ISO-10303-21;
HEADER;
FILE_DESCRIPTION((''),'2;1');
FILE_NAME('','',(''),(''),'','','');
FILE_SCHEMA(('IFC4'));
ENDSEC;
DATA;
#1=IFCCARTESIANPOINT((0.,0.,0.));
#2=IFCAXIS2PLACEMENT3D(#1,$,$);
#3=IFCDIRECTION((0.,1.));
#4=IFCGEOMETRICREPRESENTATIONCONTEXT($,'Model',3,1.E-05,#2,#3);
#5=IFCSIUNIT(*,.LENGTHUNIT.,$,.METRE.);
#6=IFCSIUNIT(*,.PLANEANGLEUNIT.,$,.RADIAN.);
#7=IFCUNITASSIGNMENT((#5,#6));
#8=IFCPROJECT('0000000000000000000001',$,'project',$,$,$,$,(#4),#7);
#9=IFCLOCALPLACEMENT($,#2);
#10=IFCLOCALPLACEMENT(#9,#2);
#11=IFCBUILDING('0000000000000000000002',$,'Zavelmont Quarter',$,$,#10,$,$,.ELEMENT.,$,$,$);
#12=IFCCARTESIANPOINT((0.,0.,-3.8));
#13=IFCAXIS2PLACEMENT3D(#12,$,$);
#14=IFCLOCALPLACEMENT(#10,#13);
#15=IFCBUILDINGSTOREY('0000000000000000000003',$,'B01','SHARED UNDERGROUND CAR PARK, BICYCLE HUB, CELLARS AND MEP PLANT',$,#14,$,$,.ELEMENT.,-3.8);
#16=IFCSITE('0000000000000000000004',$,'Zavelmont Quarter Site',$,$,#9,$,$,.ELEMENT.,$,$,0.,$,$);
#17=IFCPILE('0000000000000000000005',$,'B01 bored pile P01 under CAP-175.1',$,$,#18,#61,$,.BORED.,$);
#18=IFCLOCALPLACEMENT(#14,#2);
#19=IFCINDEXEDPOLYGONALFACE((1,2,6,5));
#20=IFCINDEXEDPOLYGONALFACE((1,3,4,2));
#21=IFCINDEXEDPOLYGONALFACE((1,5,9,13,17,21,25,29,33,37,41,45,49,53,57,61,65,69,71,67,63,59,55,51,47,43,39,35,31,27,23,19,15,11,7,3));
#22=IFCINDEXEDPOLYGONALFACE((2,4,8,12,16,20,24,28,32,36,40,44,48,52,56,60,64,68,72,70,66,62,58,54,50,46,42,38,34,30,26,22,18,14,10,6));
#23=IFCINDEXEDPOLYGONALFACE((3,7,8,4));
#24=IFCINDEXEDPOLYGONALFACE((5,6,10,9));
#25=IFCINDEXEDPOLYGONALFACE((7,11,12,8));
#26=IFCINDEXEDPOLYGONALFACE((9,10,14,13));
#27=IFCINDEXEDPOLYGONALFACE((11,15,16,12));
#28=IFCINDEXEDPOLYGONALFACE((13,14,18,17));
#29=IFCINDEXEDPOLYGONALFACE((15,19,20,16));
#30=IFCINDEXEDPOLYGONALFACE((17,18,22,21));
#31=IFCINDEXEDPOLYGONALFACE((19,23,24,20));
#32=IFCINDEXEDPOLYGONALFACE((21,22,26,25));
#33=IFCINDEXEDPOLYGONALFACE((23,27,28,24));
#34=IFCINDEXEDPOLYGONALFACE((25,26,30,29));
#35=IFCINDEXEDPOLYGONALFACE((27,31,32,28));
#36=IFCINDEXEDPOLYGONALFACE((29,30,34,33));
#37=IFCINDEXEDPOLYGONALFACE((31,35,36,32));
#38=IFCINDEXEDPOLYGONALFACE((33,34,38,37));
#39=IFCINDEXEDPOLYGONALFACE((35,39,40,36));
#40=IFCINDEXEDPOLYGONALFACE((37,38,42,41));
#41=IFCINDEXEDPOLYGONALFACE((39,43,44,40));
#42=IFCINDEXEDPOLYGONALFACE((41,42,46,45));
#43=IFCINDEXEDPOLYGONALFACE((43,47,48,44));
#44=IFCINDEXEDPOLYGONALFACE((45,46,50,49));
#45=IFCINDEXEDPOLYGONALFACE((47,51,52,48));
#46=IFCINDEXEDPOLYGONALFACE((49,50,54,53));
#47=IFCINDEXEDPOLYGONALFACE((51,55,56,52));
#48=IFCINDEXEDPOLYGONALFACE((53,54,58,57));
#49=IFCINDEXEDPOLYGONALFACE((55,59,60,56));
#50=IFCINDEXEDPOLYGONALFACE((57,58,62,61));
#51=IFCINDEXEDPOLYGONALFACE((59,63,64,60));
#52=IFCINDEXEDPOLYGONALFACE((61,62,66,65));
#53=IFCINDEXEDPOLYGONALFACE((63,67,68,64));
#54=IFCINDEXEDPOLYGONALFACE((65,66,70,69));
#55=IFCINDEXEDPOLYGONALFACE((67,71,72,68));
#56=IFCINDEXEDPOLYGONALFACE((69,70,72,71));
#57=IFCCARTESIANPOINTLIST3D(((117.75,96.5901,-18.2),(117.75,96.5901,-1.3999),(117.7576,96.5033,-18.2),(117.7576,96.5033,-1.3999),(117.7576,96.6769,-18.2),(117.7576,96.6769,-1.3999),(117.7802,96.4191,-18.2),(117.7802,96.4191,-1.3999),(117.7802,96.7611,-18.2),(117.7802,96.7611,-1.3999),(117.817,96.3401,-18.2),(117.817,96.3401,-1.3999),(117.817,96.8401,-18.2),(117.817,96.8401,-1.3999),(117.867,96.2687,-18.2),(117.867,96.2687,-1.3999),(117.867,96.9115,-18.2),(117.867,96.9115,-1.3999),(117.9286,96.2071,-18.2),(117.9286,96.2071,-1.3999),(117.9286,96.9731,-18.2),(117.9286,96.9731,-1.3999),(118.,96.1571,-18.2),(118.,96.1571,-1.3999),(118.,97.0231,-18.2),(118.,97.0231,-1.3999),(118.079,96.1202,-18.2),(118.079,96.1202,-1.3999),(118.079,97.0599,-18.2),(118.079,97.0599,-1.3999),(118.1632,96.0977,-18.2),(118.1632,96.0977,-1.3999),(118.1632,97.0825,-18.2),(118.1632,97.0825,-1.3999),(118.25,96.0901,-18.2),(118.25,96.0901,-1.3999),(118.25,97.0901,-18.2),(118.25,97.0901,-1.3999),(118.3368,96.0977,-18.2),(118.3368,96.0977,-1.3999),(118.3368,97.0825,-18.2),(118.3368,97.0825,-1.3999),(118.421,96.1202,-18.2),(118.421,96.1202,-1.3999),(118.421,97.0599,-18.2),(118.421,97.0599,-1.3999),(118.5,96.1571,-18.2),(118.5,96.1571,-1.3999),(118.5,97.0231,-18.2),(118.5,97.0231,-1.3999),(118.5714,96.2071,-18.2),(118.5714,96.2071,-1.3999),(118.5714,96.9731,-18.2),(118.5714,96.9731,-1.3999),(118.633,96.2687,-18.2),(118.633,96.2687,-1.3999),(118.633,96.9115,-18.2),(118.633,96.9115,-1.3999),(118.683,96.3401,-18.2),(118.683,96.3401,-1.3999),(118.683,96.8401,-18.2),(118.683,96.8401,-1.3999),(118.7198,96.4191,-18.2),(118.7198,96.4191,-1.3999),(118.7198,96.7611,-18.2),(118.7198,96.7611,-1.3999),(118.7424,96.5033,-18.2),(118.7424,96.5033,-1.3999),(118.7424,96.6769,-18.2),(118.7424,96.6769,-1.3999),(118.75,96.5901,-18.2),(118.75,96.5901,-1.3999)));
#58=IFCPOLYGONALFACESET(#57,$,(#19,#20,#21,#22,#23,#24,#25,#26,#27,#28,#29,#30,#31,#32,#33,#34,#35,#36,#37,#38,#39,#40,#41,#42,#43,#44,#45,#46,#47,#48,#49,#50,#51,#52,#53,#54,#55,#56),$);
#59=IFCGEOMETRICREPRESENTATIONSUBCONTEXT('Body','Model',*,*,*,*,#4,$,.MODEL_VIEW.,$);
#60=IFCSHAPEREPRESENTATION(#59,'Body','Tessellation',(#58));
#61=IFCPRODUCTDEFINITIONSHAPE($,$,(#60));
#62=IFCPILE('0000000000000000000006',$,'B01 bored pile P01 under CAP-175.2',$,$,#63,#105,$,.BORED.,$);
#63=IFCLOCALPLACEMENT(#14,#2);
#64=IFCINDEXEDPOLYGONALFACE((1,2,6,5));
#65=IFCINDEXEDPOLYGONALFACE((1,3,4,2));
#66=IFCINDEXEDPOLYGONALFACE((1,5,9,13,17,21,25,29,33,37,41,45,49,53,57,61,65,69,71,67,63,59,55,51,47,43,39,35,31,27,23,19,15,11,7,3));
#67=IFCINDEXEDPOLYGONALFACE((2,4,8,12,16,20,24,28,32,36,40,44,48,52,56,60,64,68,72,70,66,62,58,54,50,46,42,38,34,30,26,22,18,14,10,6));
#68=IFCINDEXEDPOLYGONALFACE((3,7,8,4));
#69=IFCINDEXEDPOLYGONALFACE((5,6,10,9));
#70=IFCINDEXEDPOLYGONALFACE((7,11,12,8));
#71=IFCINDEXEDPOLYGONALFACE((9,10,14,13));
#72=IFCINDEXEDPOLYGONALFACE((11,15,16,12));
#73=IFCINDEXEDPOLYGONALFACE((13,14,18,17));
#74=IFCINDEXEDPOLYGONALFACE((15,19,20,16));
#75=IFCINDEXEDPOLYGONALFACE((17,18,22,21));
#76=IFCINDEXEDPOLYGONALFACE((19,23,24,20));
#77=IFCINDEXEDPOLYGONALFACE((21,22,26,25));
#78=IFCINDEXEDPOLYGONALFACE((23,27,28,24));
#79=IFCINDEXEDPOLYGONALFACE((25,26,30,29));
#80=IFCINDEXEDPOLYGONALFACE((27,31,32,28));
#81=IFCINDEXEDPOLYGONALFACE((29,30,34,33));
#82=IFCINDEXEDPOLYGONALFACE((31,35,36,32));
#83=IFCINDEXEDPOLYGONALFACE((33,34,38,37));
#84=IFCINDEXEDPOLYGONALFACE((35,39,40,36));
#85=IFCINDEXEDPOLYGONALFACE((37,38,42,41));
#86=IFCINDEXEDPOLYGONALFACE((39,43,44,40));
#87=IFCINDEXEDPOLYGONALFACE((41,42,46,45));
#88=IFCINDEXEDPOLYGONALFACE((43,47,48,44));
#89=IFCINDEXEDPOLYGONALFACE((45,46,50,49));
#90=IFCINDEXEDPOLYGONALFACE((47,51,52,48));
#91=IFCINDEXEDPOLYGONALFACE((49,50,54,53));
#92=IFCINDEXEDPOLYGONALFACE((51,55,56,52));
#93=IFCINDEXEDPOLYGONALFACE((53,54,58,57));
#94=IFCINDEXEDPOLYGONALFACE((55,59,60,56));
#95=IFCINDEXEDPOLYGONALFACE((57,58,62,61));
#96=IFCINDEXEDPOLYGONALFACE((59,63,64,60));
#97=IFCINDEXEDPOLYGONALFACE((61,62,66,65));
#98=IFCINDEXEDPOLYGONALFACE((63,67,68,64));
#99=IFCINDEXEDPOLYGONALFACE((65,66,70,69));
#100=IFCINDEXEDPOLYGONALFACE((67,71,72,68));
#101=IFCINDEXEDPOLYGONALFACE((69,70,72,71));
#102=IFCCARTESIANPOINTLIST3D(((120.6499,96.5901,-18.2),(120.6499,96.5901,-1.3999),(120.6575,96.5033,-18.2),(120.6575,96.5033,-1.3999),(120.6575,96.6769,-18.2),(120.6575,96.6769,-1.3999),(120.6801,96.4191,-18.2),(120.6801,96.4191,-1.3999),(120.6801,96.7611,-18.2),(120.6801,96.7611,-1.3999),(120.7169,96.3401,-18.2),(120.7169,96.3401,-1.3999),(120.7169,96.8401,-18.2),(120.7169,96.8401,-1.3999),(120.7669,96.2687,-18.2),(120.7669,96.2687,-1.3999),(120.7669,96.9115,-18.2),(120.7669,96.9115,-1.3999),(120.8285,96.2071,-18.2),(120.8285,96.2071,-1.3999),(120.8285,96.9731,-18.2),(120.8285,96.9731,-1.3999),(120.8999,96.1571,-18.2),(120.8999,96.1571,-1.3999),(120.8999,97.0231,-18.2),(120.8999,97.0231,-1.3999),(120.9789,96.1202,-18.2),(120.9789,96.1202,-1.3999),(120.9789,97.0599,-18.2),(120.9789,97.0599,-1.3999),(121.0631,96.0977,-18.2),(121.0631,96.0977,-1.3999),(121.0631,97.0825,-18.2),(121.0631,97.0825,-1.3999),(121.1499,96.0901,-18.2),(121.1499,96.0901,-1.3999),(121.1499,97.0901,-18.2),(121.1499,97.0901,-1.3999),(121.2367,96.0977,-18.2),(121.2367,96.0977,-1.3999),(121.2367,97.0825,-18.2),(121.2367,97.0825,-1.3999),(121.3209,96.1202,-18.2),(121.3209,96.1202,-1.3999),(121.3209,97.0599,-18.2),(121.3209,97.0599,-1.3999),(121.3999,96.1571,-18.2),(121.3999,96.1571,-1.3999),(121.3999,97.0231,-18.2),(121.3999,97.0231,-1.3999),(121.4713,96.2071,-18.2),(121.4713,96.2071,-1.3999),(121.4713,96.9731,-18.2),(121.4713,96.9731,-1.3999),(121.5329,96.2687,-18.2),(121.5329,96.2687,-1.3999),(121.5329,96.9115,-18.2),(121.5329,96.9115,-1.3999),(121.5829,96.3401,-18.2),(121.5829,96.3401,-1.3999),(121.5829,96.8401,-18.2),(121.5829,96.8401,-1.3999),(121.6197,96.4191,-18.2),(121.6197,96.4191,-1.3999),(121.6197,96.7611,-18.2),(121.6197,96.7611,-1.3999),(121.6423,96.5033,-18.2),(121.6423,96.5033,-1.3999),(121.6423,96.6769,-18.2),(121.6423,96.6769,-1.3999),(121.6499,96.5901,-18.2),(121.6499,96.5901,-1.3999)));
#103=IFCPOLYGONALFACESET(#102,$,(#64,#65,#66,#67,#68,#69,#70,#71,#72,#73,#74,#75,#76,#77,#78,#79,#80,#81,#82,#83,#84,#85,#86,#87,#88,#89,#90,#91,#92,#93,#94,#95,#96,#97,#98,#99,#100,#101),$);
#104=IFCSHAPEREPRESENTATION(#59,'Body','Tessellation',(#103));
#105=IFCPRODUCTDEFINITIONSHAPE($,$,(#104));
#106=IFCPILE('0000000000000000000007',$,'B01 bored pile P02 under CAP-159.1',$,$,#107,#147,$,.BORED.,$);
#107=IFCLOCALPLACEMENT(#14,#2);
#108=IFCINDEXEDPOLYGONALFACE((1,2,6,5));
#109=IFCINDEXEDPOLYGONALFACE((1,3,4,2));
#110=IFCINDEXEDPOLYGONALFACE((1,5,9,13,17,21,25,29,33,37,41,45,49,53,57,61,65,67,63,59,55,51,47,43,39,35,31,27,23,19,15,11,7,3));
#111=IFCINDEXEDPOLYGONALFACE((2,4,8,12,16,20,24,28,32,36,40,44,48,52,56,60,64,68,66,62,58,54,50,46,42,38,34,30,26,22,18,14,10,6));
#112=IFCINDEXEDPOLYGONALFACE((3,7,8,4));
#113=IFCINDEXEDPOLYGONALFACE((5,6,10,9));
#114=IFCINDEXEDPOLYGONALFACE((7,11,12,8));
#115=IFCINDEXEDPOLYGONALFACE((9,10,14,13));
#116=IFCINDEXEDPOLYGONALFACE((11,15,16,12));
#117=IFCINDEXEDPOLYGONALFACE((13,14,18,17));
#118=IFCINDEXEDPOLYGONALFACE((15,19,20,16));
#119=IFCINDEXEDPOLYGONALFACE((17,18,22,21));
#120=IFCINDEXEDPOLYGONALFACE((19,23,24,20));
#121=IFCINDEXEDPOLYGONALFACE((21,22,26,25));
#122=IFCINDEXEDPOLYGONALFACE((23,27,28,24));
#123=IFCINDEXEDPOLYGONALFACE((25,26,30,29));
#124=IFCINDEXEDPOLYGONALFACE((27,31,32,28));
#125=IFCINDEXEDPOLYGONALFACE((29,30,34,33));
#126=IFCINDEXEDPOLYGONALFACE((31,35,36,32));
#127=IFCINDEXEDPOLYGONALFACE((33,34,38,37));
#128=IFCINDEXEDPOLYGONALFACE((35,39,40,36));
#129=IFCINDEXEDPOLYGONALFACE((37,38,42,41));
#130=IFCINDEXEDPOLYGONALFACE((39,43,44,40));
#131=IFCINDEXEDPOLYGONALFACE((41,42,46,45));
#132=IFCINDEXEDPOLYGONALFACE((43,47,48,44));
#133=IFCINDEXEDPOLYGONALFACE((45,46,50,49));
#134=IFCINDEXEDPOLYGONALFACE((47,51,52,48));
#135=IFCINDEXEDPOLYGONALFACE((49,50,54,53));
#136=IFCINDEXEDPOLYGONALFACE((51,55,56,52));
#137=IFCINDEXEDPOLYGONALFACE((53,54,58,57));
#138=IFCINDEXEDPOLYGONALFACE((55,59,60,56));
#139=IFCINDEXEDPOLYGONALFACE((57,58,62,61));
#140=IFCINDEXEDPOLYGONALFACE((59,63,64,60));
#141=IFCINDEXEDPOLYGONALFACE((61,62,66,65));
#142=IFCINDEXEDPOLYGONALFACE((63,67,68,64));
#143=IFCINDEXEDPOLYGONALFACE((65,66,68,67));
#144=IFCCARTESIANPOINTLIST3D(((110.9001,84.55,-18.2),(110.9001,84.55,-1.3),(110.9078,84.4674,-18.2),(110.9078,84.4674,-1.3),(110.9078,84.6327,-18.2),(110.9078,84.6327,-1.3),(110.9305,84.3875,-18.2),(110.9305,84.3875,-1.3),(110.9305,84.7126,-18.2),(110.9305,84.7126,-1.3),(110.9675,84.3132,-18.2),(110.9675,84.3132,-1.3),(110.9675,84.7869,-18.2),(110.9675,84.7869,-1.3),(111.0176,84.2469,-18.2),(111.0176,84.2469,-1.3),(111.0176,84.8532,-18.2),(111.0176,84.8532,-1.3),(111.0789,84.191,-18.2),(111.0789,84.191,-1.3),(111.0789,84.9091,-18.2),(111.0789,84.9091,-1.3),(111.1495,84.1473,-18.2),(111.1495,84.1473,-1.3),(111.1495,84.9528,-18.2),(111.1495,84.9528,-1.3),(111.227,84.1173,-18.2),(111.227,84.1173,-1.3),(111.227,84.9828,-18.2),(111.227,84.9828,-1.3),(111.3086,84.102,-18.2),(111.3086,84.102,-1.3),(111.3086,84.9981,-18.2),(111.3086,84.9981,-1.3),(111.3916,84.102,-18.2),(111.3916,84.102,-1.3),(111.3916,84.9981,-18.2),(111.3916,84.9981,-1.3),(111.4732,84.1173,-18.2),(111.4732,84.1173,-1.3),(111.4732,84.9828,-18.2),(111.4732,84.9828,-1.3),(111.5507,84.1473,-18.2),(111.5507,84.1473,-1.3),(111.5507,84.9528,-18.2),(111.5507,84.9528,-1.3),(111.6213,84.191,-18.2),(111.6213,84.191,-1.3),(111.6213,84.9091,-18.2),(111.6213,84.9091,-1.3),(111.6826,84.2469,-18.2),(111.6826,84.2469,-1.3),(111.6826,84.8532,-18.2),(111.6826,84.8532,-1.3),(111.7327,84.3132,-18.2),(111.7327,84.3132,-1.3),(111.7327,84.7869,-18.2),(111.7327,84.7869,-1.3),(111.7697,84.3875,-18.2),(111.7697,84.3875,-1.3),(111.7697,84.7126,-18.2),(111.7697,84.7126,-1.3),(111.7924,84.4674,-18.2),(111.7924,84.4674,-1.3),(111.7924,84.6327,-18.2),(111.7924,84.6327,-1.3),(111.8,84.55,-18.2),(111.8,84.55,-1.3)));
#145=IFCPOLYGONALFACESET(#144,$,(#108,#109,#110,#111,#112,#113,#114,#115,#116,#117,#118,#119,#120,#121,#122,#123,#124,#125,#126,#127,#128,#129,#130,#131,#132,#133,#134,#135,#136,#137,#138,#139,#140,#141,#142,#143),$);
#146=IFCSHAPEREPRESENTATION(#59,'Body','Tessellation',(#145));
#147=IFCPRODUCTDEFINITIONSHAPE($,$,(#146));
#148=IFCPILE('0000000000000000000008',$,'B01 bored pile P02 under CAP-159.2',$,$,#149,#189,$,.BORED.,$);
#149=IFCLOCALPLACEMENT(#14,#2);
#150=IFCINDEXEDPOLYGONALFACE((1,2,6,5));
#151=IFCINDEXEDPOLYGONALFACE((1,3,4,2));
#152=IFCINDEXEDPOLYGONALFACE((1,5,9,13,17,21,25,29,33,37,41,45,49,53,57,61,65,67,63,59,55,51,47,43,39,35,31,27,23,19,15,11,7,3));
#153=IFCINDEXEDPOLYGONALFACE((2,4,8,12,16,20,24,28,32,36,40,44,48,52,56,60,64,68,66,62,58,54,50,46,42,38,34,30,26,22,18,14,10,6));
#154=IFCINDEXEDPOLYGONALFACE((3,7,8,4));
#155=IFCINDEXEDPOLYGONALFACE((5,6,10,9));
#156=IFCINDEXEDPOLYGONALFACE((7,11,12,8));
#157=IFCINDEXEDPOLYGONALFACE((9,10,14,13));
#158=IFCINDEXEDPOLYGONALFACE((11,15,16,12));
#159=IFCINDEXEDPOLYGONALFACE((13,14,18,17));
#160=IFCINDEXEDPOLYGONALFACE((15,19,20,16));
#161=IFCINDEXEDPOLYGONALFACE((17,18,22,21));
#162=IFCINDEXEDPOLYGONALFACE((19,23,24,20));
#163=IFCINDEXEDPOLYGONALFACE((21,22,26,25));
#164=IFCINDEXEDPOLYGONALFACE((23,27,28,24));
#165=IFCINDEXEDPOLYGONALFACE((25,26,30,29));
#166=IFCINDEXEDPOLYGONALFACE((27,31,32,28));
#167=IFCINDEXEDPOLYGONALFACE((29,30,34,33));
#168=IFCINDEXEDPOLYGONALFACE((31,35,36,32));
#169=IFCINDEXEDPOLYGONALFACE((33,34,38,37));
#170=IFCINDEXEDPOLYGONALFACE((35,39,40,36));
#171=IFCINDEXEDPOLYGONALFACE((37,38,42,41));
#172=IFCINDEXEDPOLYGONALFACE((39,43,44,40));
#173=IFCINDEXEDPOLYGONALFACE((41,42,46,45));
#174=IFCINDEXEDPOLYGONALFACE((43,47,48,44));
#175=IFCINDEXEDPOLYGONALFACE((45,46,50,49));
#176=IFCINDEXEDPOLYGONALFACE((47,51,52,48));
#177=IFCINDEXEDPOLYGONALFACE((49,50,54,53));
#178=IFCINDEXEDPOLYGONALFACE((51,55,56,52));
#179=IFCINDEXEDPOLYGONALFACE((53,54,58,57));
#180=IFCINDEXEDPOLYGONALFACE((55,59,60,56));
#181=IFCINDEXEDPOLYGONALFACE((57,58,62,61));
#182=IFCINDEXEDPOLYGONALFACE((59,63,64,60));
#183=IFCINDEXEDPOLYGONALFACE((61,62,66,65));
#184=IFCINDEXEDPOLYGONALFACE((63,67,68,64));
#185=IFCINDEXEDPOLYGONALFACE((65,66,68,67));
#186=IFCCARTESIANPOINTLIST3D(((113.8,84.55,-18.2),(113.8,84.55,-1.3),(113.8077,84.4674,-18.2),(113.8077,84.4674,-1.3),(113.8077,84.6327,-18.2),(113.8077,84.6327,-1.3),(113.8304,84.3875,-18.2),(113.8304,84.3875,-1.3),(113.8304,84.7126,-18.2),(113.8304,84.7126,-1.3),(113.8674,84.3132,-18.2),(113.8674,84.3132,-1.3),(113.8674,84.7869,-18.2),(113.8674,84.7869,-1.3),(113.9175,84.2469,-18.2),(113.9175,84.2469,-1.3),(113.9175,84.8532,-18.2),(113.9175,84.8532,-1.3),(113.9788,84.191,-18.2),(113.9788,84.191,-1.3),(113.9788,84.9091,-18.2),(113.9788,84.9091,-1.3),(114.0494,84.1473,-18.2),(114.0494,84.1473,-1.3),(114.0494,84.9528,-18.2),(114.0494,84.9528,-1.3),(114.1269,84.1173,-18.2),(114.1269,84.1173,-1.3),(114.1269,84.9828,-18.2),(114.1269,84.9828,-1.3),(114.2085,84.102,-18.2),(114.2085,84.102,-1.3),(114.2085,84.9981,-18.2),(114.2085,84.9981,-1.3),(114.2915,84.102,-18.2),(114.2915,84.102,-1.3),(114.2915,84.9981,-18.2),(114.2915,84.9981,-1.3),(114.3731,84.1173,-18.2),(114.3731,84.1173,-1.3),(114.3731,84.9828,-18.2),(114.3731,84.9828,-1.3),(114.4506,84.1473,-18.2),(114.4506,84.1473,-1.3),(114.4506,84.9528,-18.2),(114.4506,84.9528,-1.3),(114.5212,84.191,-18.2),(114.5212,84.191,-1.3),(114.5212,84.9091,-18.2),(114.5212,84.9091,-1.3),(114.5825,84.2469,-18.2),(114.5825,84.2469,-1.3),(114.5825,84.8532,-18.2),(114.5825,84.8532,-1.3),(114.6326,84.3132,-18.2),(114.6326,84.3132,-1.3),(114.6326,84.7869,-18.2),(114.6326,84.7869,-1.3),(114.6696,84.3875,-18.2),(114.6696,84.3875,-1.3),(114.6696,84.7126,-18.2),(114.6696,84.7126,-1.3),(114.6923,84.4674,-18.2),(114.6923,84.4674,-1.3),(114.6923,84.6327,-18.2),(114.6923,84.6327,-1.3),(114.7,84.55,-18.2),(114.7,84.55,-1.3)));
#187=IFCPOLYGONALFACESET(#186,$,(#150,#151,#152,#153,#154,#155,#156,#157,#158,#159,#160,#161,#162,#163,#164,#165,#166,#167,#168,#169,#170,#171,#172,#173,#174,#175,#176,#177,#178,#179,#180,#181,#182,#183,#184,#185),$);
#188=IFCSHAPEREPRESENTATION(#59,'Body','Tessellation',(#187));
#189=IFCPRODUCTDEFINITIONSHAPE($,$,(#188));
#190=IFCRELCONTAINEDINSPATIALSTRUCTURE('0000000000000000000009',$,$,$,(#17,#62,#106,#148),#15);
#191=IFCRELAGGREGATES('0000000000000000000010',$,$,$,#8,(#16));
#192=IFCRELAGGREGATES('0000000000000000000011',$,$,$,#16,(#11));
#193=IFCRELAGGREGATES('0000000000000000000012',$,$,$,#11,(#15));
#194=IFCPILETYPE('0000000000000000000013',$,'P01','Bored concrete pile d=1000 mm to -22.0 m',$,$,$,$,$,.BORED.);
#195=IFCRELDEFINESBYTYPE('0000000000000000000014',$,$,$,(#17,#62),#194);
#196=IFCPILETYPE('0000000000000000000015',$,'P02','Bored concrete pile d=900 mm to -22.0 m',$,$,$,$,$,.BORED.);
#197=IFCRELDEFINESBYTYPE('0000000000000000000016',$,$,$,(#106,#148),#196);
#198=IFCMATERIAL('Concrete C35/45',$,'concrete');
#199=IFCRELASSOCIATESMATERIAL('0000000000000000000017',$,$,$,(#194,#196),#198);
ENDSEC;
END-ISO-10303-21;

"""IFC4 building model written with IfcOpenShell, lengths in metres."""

from ifc_helpers import new_model, si_unit, direction, frame, origin, origin_2d, place, context, subcontext, project, spatial, circle, extrude, material, material_profile, profile_set, type_object, element, save


model = new_model("IFC4")

# Units and contexts
model_context = context("Model", 3, precision=1e-05, world=origin(), true_north=direction((0.0, 1.0)))
body_context = subcontext(model_context, "Body", "Model", "MODEL_VIEW")
ifc_project = project(units=[si_unit("LENGTHUNIT", "METRE"), si_unit("PLANEANGLEUNIT", "RADIAN")], contexts=[model_context])

# Site, building, storey
site_placement = place(None, origin())
site = spatial("IfcSite", under=ifc_project, at=site_placement, Name="Zavelmont Quarter Site", CompositionType="ELEMENT", RefElevation=0.0)
building_placement = place(site_placement, origin())
building = spatial("IfcBuilding", under=site, at=building_placement, Name="Zavelmont Quarter", CompositionType="ELEMENT")
storey_placement = place(building_placement, frame((0.0, 0.0, -3.8)))
storey = spatial("IfcBuildingStorey", under=building, at=storey_placement, Name="B01", Description="SHARED UNDERGROUND CAR PARK, BICYCLE HUB, CELLARS AND MEP PLANT", CompositionType="ELEMENT", Elevation=-3.8)

# Shared definitions
ifc_material_1 = material(Name="Concrete C35/45", Category="concrete")

# Piles
ifc_material_profile_1 = material_profile(ifc_material_1, circle(Radius=0.5, at=origin_2d()), Name="BP1000")
ifc_profile_set_1 = profile_set([ifc_material_profile_1], Name="Concrete C35/45")
pile_type_1 = type_object("IfcPileType", Name="P01", Description="Bored concrete pile d=1000 mm to -22.0 m", PredefinedType="BORED", material=ifc_profile_set_1)
for number, where, z_axis, x_axis, name in (
    (1, (118.25, 96.5901, -1.3999), (0.0, 0.0, -1.0), (1.0, 0.0, 0.0), "B01 bored pile P01 under CAP-175.1"),
    (2, (121.1499, 96.5901, -1.3999), (0.0, 0.0, -1.0), (1.0, 0.0, 0.0), "B01 bored pile P01 under CAP-175.2"),
):
    element("IfcPile", number, at=place(storey_placement, frame(where, z_axis=z_axis, x_axis=x_axis)), inside=storey, type_object=pile_type_1, Name=name, PredefinedType="BORED", context=body_context, shape_type="SweptSolid", body=[
        extrude(circle(Radius=0.5, at=origin_2d()), origin(), (0.0, 0.0, 1.0), 16.8),
    ])
ifc_material_profile_2 = material_profile(ifc_material_1, circle(Radius=0.45, at=origin_2d()), Name="BP900")
ifc_profile_set_2 = profile_set([ifc_material_profile_2], Name="Concrete C35/45")
pile_type_2 = type_object("IfcPileType", Name="P02", Description="Bored concrete pile d=900 mm to -22.0 m", PredefinedType="BORED", material=ifc_profile_set_2)
for number, where, z_axis, x_axis, name in (
    (3, (111.3501, 84.55, -1.3), (0.0, 0.0, -1.0), (1.0, 0.0, 0.0), "B01 bored pile P02 under CAP-159.1"),
    (4, (114.25, 84.55, -1.3), (0.0, 0.0, -1.0), (1.0, 0.0, 0.0), "B01 bored pile P02 under CAP-159.2"),
):
    element("IfcPile", number, at=place(storey_placement, frame(where, z_axis=z_axis, x_axis=x_axis)), inside=storey, type_object=pile_type_2, Name=name, PredefinedType="BORED", context=body_context, shape_type="SweptSolid", body=[
        extrude(circle(Radius=0.45, at=origin_2d()), origin(), (0.0, 0.0, 1.0), 16.8999),
    ])

save(model, "model.ifc")
